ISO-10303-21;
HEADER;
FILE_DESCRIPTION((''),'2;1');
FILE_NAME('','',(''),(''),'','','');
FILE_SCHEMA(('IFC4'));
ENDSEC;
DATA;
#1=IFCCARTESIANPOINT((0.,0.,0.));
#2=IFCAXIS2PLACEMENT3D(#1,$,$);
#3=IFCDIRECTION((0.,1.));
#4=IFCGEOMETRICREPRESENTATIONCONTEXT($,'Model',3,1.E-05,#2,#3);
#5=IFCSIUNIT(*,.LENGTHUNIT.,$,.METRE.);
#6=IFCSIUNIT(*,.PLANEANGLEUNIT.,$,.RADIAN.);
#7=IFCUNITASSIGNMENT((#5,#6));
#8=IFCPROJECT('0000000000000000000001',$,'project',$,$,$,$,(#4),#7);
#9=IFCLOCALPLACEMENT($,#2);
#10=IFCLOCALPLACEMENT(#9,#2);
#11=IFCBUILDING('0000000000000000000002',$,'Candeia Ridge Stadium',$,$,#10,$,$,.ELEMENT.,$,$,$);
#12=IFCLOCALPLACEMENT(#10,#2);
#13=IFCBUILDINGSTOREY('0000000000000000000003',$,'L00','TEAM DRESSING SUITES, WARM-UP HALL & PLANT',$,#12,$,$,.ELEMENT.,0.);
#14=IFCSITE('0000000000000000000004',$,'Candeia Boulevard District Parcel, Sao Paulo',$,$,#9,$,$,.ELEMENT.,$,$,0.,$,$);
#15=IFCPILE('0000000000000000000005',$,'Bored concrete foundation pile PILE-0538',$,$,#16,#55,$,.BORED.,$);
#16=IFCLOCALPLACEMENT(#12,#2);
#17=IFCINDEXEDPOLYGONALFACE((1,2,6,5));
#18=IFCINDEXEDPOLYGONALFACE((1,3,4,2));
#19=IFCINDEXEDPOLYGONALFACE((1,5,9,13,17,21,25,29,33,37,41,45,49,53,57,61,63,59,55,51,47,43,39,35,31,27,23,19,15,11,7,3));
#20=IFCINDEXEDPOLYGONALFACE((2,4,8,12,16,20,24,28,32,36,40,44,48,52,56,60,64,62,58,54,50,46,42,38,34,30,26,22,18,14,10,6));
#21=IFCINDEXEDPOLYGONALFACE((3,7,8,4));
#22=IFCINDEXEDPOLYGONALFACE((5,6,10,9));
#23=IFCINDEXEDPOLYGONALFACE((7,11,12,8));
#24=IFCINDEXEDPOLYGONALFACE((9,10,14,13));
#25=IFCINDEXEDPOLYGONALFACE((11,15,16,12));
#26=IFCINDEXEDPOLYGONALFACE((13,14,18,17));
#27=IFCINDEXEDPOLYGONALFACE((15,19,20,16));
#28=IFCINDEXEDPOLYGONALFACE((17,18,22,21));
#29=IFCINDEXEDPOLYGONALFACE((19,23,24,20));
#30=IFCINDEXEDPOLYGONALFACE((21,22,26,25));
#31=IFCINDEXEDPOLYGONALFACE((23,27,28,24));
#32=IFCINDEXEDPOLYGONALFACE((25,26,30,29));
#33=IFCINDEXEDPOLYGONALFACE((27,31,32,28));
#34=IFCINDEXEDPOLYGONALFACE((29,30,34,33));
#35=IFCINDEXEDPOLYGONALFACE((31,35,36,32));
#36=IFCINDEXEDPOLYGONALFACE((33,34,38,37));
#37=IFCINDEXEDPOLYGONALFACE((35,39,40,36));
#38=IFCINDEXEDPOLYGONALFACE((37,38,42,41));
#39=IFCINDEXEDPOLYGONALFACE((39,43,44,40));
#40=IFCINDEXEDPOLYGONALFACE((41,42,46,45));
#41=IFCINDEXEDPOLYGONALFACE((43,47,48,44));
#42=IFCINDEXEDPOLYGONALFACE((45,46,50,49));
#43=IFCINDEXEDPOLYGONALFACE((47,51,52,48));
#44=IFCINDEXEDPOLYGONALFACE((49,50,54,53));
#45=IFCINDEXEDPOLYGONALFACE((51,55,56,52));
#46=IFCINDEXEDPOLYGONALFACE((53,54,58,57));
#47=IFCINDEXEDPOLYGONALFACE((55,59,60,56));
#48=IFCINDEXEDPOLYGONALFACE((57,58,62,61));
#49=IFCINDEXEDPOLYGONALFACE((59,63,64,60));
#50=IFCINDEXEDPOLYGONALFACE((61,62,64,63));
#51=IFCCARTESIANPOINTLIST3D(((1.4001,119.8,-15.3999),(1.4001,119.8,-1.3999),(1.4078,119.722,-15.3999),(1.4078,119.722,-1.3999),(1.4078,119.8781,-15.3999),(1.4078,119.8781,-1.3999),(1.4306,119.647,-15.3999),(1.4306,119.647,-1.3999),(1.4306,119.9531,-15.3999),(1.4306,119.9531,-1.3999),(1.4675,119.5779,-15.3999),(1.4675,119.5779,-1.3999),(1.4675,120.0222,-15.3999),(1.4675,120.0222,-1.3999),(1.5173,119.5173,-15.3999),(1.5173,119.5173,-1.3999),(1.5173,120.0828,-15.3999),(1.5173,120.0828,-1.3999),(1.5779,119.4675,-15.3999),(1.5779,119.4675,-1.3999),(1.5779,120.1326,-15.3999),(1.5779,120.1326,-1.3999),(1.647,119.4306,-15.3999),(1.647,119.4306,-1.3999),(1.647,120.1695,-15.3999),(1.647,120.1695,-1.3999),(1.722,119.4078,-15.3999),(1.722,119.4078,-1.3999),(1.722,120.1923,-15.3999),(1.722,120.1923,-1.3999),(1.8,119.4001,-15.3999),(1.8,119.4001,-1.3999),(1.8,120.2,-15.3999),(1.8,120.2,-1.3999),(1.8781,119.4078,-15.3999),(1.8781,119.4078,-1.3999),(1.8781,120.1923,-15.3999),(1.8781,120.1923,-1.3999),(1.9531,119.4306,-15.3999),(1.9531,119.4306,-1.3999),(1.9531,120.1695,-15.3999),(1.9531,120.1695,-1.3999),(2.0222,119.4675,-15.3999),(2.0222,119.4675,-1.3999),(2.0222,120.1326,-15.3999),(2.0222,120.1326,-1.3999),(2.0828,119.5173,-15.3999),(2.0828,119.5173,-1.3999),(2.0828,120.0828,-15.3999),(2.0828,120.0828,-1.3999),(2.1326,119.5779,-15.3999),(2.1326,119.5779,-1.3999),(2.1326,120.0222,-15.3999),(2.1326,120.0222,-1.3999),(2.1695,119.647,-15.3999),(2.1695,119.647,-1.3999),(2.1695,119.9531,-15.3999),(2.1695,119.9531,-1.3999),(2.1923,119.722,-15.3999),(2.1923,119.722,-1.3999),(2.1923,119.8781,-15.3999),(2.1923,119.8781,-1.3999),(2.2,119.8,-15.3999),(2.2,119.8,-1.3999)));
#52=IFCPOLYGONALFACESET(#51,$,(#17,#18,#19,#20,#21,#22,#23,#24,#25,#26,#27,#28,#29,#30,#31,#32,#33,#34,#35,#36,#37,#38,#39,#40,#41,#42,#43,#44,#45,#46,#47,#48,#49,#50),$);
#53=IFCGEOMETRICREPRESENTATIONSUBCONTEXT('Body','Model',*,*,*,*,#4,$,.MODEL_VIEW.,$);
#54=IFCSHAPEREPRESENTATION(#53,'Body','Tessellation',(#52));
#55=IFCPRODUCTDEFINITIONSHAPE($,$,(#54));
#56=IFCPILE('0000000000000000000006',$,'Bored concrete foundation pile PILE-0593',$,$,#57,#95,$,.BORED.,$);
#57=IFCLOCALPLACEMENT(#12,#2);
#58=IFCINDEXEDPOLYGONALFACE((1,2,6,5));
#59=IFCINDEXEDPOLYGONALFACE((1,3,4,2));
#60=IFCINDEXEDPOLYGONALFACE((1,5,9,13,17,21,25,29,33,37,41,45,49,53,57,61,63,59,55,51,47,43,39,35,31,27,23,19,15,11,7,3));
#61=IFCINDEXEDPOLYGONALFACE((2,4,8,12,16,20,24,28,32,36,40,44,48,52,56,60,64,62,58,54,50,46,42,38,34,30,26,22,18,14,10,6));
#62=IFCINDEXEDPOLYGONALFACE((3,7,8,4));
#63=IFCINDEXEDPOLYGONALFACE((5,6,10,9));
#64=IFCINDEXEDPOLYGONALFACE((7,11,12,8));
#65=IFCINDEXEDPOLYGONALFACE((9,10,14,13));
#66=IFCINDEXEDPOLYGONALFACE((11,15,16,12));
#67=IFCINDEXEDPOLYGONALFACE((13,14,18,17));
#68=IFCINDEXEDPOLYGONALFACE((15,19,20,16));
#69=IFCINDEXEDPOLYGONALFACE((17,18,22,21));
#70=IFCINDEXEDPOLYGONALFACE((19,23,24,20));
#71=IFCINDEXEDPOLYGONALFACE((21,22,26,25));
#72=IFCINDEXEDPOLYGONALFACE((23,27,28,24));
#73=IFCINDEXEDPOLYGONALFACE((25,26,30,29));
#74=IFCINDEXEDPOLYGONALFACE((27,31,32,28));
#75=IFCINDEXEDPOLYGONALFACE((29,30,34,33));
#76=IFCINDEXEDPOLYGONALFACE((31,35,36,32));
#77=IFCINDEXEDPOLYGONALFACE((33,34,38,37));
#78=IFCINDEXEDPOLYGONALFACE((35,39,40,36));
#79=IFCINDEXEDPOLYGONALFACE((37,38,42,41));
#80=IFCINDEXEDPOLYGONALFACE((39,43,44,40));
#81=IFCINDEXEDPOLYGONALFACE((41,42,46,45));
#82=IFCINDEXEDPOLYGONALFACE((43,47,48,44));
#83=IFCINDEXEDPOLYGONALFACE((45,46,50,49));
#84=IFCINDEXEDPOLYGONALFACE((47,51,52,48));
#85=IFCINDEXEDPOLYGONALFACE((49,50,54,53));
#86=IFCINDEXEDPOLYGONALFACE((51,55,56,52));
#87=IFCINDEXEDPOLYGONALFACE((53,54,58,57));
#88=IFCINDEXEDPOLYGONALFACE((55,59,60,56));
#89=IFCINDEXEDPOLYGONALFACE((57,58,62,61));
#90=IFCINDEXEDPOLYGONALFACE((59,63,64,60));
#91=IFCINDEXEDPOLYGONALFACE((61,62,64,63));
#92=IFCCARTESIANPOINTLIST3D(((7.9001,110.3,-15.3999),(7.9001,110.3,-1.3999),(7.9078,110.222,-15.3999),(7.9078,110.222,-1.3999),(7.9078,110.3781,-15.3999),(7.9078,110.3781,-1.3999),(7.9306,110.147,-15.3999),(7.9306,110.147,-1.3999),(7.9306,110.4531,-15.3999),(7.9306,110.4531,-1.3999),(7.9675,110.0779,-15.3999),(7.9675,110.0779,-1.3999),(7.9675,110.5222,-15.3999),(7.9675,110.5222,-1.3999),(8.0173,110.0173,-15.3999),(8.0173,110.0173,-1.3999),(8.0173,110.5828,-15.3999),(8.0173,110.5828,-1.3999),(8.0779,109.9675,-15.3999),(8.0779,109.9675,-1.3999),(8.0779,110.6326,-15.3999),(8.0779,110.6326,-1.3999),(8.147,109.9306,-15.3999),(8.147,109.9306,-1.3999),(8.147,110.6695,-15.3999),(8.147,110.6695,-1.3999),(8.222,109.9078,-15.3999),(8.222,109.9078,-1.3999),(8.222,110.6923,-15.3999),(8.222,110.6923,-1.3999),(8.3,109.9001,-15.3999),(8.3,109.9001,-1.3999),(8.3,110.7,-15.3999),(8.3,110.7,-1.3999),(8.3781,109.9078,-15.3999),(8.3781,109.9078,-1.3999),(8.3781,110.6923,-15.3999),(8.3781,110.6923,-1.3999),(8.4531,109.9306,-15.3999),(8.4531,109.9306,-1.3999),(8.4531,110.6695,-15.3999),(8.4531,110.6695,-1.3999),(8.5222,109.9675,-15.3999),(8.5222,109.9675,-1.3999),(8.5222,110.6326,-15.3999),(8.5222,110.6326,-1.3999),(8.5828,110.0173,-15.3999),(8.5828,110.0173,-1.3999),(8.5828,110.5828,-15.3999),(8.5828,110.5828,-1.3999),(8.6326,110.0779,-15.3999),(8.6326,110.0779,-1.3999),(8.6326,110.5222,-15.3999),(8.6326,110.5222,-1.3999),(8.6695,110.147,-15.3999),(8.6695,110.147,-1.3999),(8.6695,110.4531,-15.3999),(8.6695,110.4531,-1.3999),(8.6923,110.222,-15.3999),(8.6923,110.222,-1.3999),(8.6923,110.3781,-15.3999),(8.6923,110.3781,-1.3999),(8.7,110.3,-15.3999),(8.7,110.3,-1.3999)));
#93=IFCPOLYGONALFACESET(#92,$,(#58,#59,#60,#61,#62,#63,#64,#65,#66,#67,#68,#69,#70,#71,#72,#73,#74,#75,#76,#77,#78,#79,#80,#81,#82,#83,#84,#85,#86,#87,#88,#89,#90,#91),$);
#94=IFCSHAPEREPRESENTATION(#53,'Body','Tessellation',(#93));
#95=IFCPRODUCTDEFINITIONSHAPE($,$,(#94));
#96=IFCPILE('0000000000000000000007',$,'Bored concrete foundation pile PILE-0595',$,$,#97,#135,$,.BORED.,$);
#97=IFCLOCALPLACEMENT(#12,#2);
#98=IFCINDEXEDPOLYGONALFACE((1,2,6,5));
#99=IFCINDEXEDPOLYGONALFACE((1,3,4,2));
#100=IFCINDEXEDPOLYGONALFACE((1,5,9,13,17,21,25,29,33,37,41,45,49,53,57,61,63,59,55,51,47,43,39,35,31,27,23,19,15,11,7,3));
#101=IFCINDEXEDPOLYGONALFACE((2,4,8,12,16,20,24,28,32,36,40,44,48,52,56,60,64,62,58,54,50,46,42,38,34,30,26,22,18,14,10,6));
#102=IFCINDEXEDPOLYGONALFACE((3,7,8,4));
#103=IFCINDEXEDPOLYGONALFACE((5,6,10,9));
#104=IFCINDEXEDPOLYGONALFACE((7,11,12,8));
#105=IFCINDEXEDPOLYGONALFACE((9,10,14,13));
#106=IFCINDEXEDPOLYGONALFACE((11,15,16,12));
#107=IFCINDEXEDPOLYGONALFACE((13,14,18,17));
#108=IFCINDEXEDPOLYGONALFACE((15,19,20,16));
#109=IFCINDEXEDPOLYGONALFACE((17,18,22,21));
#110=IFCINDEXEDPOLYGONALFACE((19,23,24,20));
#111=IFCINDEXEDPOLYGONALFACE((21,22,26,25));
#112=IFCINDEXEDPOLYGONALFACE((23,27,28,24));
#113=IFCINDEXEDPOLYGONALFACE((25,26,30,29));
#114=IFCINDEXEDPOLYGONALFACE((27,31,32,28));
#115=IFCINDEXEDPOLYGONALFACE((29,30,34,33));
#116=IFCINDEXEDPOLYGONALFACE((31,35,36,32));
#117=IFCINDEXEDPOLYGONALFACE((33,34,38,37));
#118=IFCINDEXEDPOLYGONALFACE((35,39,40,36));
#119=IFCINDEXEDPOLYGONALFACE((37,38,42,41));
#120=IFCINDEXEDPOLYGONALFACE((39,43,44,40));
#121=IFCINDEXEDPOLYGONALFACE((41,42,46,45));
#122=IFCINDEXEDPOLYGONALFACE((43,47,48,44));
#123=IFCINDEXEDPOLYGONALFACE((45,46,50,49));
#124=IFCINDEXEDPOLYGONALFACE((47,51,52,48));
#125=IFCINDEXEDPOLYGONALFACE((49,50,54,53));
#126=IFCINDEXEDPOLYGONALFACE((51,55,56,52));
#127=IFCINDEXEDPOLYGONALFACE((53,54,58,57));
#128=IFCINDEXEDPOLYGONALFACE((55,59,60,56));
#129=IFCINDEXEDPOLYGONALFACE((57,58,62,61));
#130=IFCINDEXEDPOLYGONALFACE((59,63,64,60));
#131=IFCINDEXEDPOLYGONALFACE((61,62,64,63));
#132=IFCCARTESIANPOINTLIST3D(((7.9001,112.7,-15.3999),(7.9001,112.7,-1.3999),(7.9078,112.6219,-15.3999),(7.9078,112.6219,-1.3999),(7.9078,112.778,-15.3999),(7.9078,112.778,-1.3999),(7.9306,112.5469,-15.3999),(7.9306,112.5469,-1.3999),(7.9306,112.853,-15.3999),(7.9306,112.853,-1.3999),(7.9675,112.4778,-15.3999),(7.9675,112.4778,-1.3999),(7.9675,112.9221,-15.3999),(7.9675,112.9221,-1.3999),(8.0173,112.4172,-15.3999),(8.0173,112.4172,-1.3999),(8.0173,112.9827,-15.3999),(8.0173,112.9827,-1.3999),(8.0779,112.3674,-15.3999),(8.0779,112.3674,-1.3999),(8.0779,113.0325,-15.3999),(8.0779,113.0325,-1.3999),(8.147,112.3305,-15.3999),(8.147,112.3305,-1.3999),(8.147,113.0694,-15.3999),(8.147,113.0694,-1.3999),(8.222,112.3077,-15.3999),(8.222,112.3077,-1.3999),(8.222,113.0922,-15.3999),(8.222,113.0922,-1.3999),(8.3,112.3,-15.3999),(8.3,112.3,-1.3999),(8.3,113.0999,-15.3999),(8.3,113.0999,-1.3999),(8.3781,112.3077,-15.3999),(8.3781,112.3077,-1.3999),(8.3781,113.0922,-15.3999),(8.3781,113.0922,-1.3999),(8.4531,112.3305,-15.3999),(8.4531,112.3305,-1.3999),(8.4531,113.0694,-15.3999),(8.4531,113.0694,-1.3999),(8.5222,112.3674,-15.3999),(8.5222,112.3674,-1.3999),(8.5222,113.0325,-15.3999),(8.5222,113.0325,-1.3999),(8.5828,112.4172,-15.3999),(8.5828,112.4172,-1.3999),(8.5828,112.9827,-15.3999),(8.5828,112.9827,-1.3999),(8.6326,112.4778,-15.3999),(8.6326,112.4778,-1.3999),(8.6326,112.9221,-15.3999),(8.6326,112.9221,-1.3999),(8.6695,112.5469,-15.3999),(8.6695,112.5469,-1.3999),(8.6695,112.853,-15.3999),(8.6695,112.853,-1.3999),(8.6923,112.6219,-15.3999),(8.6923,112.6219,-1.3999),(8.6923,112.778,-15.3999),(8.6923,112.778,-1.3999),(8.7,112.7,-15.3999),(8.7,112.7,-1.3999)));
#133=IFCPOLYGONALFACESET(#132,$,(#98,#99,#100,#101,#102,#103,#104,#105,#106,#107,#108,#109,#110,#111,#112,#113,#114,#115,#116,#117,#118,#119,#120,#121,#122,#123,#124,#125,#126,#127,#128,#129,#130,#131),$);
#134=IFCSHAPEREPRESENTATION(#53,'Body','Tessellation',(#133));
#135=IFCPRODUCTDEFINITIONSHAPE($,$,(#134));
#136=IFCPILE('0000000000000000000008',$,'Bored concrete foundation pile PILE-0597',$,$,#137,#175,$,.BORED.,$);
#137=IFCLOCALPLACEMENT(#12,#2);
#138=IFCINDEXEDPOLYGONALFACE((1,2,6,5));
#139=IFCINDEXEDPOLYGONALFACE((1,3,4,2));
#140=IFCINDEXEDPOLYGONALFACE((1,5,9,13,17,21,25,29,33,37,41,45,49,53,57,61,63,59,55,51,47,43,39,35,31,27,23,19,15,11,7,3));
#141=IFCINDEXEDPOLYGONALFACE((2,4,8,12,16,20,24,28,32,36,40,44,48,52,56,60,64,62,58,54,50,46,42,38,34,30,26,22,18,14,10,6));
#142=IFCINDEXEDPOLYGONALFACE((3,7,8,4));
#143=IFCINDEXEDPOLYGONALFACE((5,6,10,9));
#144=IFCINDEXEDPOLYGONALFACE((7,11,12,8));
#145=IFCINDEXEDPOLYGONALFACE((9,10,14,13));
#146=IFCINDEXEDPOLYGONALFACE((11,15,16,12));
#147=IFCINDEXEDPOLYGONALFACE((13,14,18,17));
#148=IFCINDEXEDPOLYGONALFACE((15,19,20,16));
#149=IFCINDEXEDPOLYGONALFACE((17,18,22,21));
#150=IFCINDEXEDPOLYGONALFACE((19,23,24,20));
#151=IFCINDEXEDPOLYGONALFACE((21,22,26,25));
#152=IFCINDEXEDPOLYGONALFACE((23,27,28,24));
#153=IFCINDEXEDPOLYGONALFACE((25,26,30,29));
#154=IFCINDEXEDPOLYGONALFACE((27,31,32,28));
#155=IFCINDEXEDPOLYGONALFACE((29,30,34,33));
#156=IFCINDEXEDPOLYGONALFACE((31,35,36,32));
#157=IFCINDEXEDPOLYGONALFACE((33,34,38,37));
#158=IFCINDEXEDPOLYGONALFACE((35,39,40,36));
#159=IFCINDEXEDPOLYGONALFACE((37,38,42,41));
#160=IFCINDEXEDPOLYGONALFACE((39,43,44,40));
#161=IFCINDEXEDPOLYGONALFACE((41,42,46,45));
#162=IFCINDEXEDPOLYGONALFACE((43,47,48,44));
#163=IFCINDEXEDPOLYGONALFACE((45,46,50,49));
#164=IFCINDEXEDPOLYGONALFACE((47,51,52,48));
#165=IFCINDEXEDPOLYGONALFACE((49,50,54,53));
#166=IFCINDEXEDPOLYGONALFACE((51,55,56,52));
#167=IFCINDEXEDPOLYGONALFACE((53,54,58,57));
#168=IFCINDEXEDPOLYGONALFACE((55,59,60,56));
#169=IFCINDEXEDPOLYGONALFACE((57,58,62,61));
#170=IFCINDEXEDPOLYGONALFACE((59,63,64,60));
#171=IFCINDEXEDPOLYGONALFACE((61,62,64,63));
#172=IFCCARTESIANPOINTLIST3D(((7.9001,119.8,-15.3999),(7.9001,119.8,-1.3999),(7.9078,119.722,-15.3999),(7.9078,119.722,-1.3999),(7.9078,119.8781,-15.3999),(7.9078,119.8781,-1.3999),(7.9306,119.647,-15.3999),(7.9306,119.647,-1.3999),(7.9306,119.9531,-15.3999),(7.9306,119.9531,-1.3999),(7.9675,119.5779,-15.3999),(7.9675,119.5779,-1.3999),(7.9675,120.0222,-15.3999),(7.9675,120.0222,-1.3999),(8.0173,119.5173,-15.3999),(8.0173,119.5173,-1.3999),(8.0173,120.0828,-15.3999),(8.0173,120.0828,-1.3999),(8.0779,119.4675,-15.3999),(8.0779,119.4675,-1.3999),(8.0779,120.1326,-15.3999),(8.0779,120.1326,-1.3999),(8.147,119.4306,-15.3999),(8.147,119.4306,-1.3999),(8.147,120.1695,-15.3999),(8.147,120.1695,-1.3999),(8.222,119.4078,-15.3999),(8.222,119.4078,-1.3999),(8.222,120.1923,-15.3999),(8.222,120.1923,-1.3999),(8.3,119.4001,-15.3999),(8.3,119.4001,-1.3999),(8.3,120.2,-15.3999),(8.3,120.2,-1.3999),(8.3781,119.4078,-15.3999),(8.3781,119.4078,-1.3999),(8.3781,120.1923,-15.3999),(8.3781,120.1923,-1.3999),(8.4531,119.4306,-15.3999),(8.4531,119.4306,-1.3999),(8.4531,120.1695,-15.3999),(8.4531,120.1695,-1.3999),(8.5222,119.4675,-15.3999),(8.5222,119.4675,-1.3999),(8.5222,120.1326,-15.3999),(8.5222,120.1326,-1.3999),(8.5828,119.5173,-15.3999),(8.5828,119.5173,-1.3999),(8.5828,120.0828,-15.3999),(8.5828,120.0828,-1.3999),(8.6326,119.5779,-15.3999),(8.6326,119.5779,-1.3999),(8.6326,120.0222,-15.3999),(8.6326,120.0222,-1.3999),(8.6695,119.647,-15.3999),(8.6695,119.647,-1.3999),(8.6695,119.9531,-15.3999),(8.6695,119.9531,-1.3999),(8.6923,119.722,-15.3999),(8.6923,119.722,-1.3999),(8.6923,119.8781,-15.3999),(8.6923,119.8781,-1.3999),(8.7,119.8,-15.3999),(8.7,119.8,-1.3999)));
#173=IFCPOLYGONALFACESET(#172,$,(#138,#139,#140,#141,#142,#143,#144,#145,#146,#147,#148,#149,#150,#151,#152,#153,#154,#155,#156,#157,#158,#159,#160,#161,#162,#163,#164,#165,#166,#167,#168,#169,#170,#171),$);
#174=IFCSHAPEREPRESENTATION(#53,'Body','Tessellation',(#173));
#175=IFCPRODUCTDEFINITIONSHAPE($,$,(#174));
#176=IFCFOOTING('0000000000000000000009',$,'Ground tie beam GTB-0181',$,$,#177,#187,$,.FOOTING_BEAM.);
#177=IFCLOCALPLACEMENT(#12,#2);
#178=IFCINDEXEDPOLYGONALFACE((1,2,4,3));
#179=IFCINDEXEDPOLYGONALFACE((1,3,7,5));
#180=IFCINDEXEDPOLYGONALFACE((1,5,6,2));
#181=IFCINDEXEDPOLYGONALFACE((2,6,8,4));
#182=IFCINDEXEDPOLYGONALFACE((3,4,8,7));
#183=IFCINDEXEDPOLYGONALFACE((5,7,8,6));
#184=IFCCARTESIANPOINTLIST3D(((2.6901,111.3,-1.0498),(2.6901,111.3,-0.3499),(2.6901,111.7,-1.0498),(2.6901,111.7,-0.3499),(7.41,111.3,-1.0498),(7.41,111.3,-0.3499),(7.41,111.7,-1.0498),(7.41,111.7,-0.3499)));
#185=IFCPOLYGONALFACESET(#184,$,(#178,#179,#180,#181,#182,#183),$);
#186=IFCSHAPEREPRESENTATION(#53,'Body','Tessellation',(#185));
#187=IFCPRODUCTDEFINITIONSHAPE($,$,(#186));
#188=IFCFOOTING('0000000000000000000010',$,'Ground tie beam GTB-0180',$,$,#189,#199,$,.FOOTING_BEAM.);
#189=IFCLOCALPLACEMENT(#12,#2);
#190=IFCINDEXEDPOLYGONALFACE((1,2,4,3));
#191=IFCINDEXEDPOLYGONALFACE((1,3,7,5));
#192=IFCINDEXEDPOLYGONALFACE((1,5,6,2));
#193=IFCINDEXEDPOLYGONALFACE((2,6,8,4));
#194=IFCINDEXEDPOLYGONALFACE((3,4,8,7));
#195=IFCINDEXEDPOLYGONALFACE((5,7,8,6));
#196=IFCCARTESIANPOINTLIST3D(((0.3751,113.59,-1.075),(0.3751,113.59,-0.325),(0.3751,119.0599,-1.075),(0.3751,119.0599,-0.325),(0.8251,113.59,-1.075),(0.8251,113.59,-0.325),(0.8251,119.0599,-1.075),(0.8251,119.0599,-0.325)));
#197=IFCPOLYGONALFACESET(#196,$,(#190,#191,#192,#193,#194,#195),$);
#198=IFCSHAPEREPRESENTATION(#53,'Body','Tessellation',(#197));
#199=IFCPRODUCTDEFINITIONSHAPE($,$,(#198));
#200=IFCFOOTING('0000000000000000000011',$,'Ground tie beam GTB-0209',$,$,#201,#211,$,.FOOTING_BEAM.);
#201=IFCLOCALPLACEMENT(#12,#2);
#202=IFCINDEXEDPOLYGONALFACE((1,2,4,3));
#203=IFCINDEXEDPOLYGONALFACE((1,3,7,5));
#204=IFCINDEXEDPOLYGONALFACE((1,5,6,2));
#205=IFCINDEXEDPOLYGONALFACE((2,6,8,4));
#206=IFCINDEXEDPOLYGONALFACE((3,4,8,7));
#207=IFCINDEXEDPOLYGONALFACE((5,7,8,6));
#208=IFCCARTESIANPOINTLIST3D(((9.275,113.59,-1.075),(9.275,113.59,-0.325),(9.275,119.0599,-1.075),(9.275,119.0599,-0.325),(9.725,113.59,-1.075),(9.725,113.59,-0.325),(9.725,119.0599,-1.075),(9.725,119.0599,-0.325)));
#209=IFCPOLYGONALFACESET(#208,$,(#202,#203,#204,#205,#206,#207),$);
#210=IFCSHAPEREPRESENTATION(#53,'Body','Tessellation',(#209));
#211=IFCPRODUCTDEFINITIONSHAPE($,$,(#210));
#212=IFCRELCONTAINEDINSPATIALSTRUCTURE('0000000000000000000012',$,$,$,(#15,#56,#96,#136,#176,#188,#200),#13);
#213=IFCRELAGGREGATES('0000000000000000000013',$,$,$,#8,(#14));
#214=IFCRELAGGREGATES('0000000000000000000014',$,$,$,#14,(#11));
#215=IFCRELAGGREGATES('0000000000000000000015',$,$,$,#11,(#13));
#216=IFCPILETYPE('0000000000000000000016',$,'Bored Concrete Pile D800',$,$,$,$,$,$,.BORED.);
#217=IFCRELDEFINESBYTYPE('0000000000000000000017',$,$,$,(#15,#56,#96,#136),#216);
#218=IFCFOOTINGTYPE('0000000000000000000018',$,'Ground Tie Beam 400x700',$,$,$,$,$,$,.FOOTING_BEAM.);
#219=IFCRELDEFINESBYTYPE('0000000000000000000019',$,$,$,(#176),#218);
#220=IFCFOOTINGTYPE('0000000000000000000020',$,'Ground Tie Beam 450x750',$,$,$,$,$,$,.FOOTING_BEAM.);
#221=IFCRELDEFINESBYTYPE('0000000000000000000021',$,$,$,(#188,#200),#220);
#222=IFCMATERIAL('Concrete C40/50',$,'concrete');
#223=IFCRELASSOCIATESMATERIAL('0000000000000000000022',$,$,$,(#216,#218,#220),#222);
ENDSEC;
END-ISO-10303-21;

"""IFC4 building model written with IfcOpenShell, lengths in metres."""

from ifc_helpers import new_model, si_unit, direction, frame, origin, origin_2d, place, context, subcontext, project, spatial, rectangle, circle, extrude, material, material_profile, profile_set, type_object, element, save


model = new_model("IFC4")

# Units and contexts
model_context = context("Model", 3, precision=1e-05, world=origin(), true_north=direction((0.0, 1.0)))
body_context = subcontext(model_context, "Body", "Model", "MODEL_VIEW")
ifc_project = project(units=[si_unit("LENGTHUNIT", "METRE"), si_unit("PLANEANGLEUNIT", "RADIAN")], contexts=[model_context])

# Site, building, storey
site_placement = place(None, origin())
site = spatial("IfcSite", under=ifc_project, at=site_placement, Name="Candeia Boulevard District Parcel, Sao Paulo", CompositionType="ELEMENT", RefElevation=0.0)
building_placement = place(site_placement, origin())
building = spatial("IfcBuilding", under=site, at=building_placement, Name="Candeia Ridge Stadium", CompositionType="ELEMENT")
storey_placement = place(building_placement, origin())
storey = spatial("IfcBuildingStorey", under=building, at=storey_placement, Name="L00", Description="TEAM DRESSING SUITES, WARM-UP HALL & PLANT", CompositionType="ELEMENT", Elevation=0.0)

# Piles
ifc_material_1 = material(Name="Concrete C40/50", Category="concrete")
ifc_material_profile_1 = material_profile(ifc_material_1, circle(Radius=0.3999, at=origin_2d()), Name="PILE-D800", Category="concrete")
ifc_profile_set_1 = profile_set([ifc_material_profile_1], Name="Concrete C40/50")
pile_type = type_object("IfcPileType", Name="Bored Concrete Pile D800", PredefinedType="BORED", material=ifc_profile_set_1)
for number, where, z_axis, x_axis, name in (
    (1, (1.8, 119.8, -1.3999), (0.0, 0.0, -1.0), (1.0, 0.0, 0.0), "Bored concrete foundation pile PILE-0538"),
    (2, (8.3, 110.3, -1.3999), (0.0, 0.0, -1.0), (1.0, 0.0, 0.0), "Bored concrete foundation pile PILE-0593"),
    (3, (8.3, 112.7, -1.3999), (0.0, 0.0, -1.0), (1.0, 0.0, 0.0), "Bored concrete foundation pile PILE-0595"),
    (4, (8.3, 119.8, -1.3999), (0.0, 0.0, -1.0), (1.0, 0.0, 0.0), "Bored concrete foundation pile PILE-0597"),
):
    element("IfcPile", number, at=place(storey_placement, frame(where, z_axis=z_axis, x_axis=x_axis)), inside=storey, type_object=pile_type, Name=name, PredefinedType="BORED", context=body_context, shape_type="SweptSolid", body=[
        extrude(circle(Radius=0.3999, at=origin_2d()), origin(), (0.0, 0.0, 1.0), 14.0),
    ])

# Footings
footing_type_1 = type_object("IfcFootingType", Name="Ground Tie Beam 400x700", PredefinedType="FOOTING_BEAM", material=ifc_material_1)
footing_placement = place(storey_placement, frame((5.05, 111.5, -1.0498), z_axis=(0.0, 0.0, 1.0), x_axis=(1.0, 0.0, 0.0)))
element("IfcFooting", 5, at=footing_placement, inside=storey, type_object=footing_type_1, Name="Ground tie beam GTB-0181", PredefinedType="FOOTING_BEAM", context=body_context, shape_type="SweptSolid", body=[
    extrude(rectangle(XDim=4.72, YDim=0.3999, at=origin_2d()), origin(), (0.0, 0.0, 1.0), 0.7),
])
footing_type_2 = type_object("IfcFootingType", Name="Ground Tie Beam 450x750", PredefinedType="FOOTING_BEAM", material=ifc_material_1)
for number, where, z_axis, x_axis, name in (
    (6, (0.6001, 116.325, -1.075), (0.0, 0.0, 1.0), (0.0, 1.0, 0.0), "Ground tie beam GTB-0180"),
    (7, (9.5, 116.325, -1.075), (0.0, 0.0, 1.0), (0.0, 1.0, 0.0), "Ground tie beam GTB-0209"),
):
    element("IfcFooting", number, at=place(storey_placement, frame(where, z_axis=z_axis, x_axis=x_axis)), inside=storey, type_object=footing_type_2, Name=name, PredefinedType="FOOTING_BEAM", context=body_context, shape_type="SweptSolid", body=[
        extrude(rectangle(XDim=5.47, YDim=0.45, at=origin_2d()), origin(), (0.0, 0.0, 1.0), 0.75),
    ])

save(model, "model.ifc")
